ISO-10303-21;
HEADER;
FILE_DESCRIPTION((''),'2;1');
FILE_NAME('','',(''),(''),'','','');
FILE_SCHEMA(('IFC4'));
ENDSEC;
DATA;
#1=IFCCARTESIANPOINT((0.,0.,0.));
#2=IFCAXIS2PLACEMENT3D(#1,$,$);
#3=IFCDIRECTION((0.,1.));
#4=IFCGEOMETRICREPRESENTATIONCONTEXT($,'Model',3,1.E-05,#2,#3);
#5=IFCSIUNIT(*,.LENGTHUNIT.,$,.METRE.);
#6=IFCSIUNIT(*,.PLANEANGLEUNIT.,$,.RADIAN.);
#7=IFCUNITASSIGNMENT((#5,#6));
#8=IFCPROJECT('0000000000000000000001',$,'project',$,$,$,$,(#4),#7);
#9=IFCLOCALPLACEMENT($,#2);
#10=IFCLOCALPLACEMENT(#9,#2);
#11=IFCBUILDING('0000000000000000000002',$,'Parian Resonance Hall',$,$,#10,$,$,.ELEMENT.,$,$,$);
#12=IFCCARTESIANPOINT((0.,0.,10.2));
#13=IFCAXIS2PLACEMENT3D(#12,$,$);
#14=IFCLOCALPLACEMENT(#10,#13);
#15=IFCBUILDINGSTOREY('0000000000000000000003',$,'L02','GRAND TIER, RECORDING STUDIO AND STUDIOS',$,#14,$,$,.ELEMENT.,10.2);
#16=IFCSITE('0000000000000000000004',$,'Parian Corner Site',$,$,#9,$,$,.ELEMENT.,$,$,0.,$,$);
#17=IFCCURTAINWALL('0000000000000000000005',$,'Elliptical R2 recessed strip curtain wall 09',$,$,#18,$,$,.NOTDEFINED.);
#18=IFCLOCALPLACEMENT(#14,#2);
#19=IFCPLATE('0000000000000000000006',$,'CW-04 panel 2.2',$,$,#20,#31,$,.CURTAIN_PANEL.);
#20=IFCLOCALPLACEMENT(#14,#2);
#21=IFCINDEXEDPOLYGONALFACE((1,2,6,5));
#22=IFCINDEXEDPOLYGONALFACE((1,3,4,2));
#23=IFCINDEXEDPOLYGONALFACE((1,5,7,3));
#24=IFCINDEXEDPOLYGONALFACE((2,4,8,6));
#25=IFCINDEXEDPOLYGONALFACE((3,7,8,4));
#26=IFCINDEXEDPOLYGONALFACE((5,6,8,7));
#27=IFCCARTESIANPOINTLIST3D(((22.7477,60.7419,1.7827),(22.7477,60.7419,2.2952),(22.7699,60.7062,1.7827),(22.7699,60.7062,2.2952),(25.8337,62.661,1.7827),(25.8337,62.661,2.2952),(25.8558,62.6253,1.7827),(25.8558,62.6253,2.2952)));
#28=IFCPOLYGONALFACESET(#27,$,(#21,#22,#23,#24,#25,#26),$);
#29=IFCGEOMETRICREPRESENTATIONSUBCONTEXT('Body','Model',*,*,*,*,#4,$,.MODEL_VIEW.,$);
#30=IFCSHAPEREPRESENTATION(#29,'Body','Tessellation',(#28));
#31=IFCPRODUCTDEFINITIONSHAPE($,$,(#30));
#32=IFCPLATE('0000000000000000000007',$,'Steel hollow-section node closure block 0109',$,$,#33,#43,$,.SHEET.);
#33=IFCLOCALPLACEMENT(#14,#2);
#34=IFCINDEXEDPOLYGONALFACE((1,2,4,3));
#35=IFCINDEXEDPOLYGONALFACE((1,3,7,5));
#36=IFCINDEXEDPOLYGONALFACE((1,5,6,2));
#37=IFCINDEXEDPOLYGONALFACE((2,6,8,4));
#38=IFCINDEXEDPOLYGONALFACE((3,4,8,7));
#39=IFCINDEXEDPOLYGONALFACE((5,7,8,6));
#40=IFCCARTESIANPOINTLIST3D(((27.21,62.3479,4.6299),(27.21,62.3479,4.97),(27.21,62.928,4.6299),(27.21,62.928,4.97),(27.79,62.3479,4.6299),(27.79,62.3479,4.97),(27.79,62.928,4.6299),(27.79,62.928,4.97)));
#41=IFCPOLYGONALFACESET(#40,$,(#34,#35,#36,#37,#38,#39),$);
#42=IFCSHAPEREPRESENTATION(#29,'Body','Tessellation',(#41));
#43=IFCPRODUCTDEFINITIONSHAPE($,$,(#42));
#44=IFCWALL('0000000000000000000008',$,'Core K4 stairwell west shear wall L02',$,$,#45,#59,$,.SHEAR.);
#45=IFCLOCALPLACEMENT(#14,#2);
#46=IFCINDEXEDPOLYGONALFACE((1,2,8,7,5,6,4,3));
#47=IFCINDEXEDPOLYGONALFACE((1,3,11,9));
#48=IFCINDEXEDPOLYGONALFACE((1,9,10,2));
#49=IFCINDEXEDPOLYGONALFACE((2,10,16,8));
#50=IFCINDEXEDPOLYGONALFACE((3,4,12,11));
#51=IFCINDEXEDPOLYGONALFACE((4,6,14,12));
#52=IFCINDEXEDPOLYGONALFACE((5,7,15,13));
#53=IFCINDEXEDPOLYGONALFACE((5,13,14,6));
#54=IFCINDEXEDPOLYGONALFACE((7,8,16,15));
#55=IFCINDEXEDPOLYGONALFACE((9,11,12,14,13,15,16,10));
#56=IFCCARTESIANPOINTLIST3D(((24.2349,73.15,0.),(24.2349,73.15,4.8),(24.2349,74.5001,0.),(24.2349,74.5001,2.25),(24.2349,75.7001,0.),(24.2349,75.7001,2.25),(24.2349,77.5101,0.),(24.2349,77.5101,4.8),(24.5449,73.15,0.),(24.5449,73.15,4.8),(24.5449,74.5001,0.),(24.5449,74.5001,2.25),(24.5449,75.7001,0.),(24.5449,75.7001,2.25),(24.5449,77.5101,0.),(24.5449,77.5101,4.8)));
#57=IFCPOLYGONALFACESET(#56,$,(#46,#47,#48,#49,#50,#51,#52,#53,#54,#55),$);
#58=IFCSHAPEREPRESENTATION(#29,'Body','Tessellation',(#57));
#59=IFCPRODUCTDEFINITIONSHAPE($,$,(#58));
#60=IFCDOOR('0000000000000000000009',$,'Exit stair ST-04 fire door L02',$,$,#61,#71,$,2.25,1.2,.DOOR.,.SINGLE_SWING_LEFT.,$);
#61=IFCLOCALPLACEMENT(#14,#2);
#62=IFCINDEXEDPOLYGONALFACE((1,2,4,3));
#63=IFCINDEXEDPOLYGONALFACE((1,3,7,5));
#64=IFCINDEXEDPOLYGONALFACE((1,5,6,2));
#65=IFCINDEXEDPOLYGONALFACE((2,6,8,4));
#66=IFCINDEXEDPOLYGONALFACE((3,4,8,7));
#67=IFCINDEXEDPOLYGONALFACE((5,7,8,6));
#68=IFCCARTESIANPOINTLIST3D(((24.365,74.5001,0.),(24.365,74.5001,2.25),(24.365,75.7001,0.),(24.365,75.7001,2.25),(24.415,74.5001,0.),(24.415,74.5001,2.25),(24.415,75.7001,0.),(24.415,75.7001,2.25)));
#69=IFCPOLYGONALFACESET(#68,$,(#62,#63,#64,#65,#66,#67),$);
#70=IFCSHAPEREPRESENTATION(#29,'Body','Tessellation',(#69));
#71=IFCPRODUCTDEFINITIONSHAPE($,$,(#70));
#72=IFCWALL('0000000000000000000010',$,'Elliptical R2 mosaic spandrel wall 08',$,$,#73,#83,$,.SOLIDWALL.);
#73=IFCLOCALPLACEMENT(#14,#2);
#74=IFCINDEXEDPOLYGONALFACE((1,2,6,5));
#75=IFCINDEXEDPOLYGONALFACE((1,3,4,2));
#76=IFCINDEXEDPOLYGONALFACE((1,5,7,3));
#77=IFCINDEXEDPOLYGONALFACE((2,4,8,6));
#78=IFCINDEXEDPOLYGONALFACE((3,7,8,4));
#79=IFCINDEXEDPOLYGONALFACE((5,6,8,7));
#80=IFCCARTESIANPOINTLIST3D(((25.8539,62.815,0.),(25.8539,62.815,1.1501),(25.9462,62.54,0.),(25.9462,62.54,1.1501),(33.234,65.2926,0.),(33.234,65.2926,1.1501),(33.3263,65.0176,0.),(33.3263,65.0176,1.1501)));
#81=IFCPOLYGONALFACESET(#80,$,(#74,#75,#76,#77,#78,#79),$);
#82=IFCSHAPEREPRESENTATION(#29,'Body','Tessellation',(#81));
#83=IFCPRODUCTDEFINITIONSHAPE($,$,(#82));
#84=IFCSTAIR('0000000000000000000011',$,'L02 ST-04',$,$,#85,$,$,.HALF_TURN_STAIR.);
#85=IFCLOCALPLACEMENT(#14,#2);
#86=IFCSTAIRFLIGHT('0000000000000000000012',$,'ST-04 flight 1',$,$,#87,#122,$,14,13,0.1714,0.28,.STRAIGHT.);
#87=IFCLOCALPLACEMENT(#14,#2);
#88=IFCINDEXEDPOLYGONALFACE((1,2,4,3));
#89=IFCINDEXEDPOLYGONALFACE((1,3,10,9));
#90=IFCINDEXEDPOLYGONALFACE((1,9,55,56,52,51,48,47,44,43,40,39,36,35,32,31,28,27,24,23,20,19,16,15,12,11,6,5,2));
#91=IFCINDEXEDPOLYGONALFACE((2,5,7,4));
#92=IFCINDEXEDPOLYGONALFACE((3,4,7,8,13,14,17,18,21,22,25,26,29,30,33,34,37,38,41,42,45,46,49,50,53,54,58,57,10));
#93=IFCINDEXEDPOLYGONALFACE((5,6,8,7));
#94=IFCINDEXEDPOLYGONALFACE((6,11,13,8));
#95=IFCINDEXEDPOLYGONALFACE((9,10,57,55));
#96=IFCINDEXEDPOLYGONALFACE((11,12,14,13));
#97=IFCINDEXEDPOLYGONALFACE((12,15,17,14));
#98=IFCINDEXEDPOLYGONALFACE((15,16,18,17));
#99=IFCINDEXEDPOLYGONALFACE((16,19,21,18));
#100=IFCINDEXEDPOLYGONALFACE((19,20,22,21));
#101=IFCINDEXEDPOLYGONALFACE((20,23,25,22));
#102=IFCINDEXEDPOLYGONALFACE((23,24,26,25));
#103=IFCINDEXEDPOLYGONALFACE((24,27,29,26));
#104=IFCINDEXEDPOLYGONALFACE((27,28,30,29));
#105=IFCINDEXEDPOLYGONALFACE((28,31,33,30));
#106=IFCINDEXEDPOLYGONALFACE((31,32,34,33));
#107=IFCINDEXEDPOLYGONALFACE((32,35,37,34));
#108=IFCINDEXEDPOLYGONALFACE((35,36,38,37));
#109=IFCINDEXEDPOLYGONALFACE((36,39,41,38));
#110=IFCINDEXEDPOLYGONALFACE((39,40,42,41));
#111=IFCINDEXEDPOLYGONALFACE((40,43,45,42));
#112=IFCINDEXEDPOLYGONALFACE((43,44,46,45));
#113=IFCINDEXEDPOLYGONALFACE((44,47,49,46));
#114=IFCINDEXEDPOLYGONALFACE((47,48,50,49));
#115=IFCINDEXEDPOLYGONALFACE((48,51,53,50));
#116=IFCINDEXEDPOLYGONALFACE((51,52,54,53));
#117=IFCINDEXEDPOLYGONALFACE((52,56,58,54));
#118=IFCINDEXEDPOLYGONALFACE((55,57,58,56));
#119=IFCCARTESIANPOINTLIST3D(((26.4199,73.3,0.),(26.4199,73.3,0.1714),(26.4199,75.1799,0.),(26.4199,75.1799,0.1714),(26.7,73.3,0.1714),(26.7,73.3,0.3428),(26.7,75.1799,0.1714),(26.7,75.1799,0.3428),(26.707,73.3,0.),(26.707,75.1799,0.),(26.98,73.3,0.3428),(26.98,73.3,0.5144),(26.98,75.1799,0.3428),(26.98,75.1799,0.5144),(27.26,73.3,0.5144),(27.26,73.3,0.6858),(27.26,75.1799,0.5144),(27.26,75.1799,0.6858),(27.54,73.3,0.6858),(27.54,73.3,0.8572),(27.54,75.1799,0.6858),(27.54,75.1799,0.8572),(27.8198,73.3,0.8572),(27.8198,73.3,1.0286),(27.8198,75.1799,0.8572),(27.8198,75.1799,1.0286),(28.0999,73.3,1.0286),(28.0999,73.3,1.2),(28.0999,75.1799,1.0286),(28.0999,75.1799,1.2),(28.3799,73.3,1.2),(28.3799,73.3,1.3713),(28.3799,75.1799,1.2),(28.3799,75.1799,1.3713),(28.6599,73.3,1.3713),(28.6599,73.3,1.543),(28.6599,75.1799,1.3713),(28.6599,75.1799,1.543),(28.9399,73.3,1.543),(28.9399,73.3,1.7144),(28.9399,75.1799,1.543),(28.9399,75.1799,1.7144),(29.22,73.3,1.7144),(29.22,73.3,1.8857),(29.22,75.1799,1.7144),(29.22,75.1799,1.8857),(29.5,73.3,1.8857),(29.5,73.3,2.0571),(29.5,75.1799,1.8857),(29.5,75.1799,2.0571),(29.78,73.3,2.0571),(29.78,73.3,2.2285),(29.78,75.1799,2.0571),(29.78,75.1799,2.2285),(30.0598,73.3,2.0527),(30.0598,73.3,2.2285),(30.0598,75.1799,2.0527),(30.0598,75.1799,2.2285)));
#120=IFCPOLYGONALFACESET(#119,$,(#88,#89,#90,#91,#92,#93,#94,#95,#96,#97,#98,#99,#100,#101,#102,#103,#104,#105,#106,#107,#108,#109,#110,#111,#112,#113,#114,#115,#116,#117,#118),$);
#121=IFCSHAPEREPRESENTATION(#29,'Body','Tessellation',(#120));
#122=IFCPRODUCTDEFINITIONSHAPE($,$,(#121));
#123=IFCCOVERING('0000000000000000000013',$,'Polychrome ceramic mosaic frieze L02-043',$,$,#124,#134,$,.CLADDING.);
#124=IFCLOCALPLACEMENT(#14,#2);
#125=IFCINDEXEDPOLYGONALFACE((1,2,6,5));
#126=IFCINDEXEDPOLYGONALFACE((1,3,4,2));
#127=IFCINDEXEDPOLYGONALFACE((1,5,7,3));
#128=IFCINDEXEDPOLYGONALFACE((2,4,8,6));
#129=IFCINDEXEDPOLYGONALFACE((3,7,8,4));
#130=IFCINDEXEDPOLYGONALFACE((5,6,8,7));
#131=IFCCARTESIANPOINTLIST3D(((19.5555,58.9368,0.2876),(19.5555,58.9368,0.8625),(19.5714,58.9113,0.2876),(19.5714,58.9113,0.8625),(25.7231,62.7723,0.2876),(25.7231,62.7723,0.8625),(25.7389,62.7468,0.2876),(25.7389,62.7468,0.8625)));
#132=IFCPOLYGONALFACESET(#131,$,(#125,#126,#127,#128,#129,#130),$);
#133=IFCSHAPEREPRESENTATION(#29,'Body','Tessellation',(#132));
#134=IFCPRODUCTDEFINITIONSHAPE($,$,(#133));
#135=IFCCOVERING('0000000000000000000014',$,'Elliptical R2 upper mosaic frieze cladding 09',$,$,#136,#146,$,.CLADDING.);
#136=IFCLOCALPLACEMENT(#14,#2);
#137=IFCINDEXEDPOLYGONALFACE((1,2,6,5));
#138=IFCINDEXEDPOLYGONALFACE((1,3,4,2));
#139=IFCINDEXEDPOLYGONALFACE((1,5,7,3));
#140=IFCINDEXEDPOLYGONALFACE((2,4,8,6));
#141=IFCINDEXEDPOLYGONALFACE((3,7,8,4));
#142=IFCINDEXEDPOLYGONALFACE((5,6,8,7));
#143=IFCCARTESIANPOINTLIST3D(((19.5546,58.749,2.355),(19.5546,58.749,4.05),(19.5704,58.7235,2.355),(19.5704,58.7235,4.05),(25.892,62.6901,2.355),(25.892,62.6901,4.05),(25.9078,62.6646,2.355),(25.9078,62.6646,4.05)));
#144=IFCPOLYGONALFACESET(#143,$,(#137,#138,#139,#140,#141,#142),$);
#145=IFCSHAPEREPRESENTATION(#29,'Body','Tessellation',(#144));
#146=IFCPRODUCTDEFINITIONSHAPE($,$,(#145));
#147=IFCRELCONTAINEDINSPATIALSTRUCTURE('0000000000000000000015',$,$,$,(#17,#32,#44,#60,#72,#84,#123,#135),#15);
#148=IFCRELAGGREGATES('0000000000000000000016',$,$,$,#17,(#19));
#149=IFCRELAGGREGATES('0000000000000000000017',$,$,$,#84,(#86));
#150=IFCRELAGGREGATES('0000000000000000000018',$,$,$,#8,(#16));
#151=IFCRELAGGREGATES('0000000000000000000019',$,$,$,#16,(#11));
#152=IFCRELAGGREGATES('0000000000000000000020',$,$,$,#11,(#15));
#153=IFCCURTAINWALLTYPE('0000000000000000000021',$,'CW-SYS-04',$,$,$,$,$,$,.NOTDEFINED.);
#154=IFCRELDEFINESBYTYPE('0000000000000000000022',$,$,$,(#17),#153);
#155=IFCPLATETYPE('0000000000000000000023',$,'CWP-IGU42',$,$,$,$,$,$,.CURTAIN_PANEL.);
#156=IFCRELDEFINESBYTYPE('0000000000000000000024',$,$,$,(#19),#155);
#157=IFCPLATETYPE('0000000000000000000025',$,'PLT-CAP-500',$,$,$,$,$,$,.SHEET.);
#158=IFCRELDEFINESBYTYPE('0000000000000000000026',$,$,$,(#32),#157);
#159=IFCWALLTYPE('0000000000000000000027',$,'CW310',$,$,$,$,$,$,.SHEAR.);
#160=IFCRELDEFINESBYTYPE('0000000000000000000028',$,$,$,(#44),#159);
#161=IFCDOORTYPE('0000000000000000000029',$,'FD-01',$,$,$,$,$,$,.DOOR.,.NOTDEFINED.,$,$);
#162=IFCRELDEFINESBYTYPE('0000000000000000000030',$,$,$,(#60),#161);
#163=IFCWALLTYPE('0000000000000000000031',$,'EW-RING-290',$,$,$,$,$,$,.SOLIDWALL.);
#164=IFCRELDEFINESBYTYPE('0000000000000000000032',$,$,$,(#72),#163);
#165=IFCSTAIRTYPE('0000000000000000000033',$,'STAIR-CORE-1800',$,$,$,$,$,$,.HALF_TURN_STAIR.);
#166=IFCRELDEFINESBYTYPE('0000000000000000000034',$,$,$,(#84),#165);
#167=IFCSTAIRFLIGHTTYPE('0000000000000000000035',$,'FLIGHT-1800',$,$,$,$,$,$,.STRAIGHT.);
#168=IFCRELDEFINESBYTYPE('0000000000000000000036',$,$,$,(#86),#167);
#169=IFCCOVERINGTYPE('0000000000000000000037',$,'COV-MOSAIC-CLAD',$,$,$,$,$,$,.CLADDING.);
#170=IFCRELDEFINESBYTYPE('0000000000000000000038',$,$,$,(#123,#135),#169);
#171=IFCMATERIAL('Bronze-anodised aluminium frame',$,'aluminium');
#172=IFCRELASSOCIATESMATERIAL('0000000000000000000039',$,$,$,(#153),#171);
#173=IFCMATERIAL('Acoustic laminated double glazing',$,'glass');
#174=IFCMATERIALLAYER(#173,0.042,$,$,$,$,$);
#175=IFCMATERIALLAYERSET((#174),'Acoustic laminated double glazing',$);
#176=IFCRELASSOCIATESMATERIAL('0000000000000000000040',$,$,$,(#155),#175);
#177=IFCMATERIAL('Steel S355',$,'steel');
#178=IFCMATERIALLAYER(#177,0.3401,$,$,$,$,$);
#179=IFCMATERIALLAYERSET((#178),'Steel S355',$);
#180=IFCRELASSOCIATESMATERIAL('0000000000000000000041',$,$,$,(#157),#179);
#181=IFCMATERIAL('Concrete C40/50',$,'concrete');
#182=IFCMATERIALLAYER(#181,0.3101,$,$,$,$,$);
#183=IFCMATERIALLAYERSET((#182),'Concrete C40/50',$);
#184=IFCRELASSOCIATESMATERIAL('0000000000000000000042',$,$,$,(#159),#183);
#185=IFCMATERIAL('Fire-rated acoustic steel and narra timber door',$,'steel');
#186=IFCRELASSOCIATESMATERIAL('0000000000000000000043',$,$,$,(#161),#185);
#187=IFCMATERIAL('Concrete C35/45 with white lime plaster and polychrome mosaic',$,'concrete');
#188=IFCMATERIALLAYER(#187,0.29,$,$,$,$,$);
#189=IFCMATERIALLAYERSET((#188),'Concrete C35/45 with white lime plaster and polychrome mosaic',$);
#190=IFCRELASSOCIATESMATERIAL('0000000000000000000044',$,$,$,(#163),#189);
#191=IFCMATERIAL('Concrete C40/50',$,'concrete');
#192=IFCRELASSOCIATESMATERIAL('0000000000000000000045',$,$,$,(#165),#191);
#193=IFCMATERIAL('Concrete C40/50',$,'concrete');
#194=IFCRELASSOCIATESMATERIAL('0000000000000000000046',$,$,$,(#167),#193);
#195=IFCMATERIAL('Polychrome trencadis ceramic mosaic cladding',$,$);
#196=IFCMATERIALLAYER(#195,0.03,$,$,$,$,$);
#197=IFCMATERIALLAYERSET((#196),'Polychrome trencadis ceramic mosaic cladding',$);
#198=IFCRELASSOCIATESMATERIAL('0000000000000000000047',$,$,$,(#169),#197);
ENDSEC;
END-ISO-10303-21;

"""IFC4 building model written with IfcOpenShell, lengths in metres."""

from ifc_helpers import new_model, si_unit, direction, frame, frame_2d, origin, origin_2d, place, context, subcontext, project, spatial, polyline, rectangle, outline, extrude, material, layer, layer_set, type_object, element, fill, aggregate, save


model = new_model("IFC4")

# Units and contexts
model_context = context("Model", 3, precision=1e-05, world=origin(), true_north=direction((0.0, 1.0)))
body_context = subcontext(model_context, "Body", "Model", "MODEL_VIEW")
ifc_project = project(units=[si_unit("LENGTHUNIT", "METRE"), si_unit("PLANEANGLEUNIT", "RADIAN")], contexts=[model_context])

# Site, building, storey
site_placement = place(None, origin())
site = spatial("IfcSite", under=ifc_project, at=site_placement, Name="Parian Corner Site", CompositionType="ELEMENT", RefElevation=0.0)
building_placement = place(site_placement, origin())
building = spatial("IfcBuilding", under=site, at=building_placement, Name="Parian Resonance Hall", CompositionType="ELEMENT")
storey_placement = place(building_placement, frame((0.0, 0.0, 10.2)))
storey = spatial("IfcBuildingStorey", under=building, at=storey_placement, Name="L02", Description="GRAND TIER, RECORDING STUDIO AND STUDIOS", CompositionType="ELEMENT", Elevation=10.2)

# Curtain wall
ifc_material_1 = material(Name="Bronze-anodised aluminium frame", Category="aluminium")
curtain_wall_type_1 = type_object("IfcCurtainWallType", Name="CW-SYS-04", PredefinedType="NOTDEFINED", material=ifc_material_1)
curtain_wall_1_placement = place(storey_placement, origin())
curtain_wall_1 = element("IfcCurtainWall", 1, at=curtain_wall_1_placement, inside=storey, type_object=curtain_wall_type_1, Name="Elliptical R2 recessed strip curtain wall 09", PredefinedType="NOTDEFINED")

# Plates
ifc_material_2 = material(Name="Acoustic laminated double glazing", Category="glass")
ifc_layer_1 = layer(ifc_material_2, 0.042)
ifc_layer_set_1 = layer_set([ifc_layer_1], Name="Acoustic laminated double glazing")
plate_type_1 = type_object("IfcPlateType", Name="CWP-IGU42", PredefinedType="CURTAIN_PANEL", material=ifc_layer_set_1)
plate_1_placement = place(storey_placement, frame((24.3018, 61.6836, 1.7827), z_axis=(0.0, 0.0, 1.0), x_axis=(0.849185, 0.528096, 0.0)))
plate_1 = element("IfcPlate", 2, at=plate_1_placement, type_object=plate_type_1, Name="CW-04 panel 2.2", PredefinedType="CURTAIN_PANEL", context=body_context, shape_type="SweptSolid", body=[
    extrude(rectangle(XDim=3.634, YDim=0.042, at=origin_2d()), origin(), (0.0, 0.0, 1.0), 0.5125),
])
aggregate(curtain_wall_1, [plate_1])
ifc_material_3 = material(Name="Steel S355", Category="steel")
ifc_layer_2 = layer(ifc_material_3, 0.3401)
ifc_layer_set_2 = layer_set([ifc_layer_2], Name="Steel S355")
plate_type_2 = type_object("IfcPlateType", Name="PLT-CAP-500", PredefinedType="SHEET", material=ifc_layer_set_2)
plate_2_placement = place(storey_placement, frame((27.5, 62.6379, 4.6299), z_axis=(0.0, 0.0, 1.0), x_axis=(1.0, 0.0, 0.0)))
element("IfcPlate", 3, at=plate_2_placement, inside=storey, type_object=plate_type_2, Name="Steel hollow-section node closure block 0109", PredefinedType="SHEET", context=body_context, shape_type="SweptSolid", body=[
    extrude(rectangle(XDim=0.5801, YDim=0.5801, at=origin_2d()), origin(), (0.0, 0.0, 1.0), 0.3401),
])

# Wall, opening, door
ifc_material_4 = material(Name="Concrete C40/50", Category="concrete")
ifc_layer_3 = layer(ifc_material_4, 0.3101)
ifc_layer_set_3 = layer_set([ifc_layer_3], Name="Concrete C40/50")
wall_type_1 = type_object("IfcWallType", Name="CW310", PredefinedType="SHEAR", material=ifc_layer_set_3)
wall_1_placement = place(storey_placement, frame((24.3899, 73.1499, 0.0), z_axis=(0.0, 0.0, 1.0), x_axis=(0.0, 1.0, 0.0)))
wall_1 = element("IfcWall", 4, at=wall_1_placement, inside=storey, type_object=wall_type_1, Name="Core K4 stairwell west shear wall L02", PredefinedType="SHEAR", context=body_context, shape_type="SweptSolid", body=[
    extrude(rectangle(XDim=4.3601, YDim=0.3101, at=frame_2d((2.1802, 0.0))), origin(), (0.0, 0.0, 1.0), 4.8),
])
opening_placement = place(wall_1_placement, frame((1.3501, 0.0, 0.0)))
opening = element("IfcOpeningElement", 5, at=opening_placement, cuts=wall_1, PredefinedType="OPENING", context=body_context, shape_type="SweptSolid", body=[
    extrude(rectangle(XDim=1.2, YDim=2.25, at=frame_2d((0.6001, 1.125))), frame((0.0, 0.165, 0.0), z_axis=(0.0, -1.0, 0.0), x_axis=(1.0, 0.0, 0.0)), (0.0, 0.0, 1.0), 0.3301),
])
ifc_material_5 = material(Name="Fire-rated acoustic steel and narra timber door", Category="steel")
door_type = type_object("IfcDoorType", Name="FD-01", OperationType="NOTDEFINED", PredefinedType="DOOR", material=ifc_material_5)
door_placement = place(opening_placement, origin())
door = element("IfcDoor", 6, at=door_placement, inside=storey, type_object=door_type, Name="Exit stair ST-04 fire door L02", OperationType="SINGLE_SWING_LEFT", OverallHeight=2.25, OverallWidth=1.2, PredefinedType="DOOR", context=body_context, shape_type="SweptSolid", body=[
    extrude(rectangle(XDim=1.2, YDim=2.25, at=frame_2d((0.6001, 1.125))), frame((0.0, 0.0249, 0.0), z_axis=(0.0, -1.0, 0.0), x_axis=(1.0, 0.0, 0.0)), (0.0, 0.0, 1.0), 0.05),
])
fill(opening, door)

# Wall
ifc_material_6 = material(Name="Concrete C35/45 with white lime plaster and polychrome mosaic", Category="concrete")
ifc_layer_4 = layer(ifc_material_6, 0.29)
ifc_layer_set_4 = layer_set([ifc_layer_4], Name="Concrete C35/45 with white lime plaster and polychrome mosaic")
wall_type_2 = type_object("IfcWallType", Name="EW-RING-290", PredefinedType="SOLIDWALL", material=ifc_layer_set_4)
wall_2_placement = place(storey_placement, frame((25.8999, 62.6775, 0.0), z_axis=(0.0, 0.0, 1.0), x_axis=(0.948007, 0.31825, 0.0)))
element("IfcWall", 7, at=wall_2_placement, inside=storey, type_object=wall_type_2, Name="Elliptical R2 mosaic spandrel wall 08", PredefinedType="SOLIDWALL", context=body_context, shape_type="SweptSolid", body=[
    extrude(rectangle(XDim=7.7849, YDim=0.29, at=frame_2d((3.8926, 0.0))), origin(), (0.0, 0.0, 1.0), 1.1501),
])

# Stair, stair flight
ifc_material_7 = material(Name="Concrete C40/50", Category="concrete")
stair_type = type_object("IfcStairType", Name="STAIR-CORE-1800", PredefinedType="HALF_TURN_STAIR", material=ifc_material_7)
stair_placement = place(storey_placement, origin())
stair = element("IfcStair", 8, at=stair_placement, inside=storey, type_object=stair_type, Name="L02 ST-04", PredefinedType="HALF_TURN_STAIR")
ifc_material_8 = material(Name="Concrete C40/50", Category="concrete")
stair_flight_type = type_object("IfcStairFlightType", Name="FLIGHT-1800", PredefinedType="STRAIGHT", material=ifc_material_8)
stair_flight_placement = place(storey_placement, frame((26.4199, 74.24, 0.0), z_axis=(0.0, 0.0, 1.0), x_axis=(1.0, 0.0, 0.0)))
stair_flight = element("IfcStairFlight", 9, at=stair_flight_placement, type_object=stair_flight_type, Name="ST-04 flight 1", NumberOfRisers=14, NumberOfTreads=13, PredefinedType="STRAIGHT", RiserHeight=0.1714, TreadLength=0.28, context=body_context, shape_type="SweptSolid", body=[
    extrude(outline(polyline([(0.0, 0.0), (0.0, 0.1714), (0.28, 0.1714), (0.28, 0.3428), (0.5601, 0.3428), (0.5601, 0.5144), (0.8401, 0.5144), (0.8401, 0.6858), (1.1201, 0.6858), (1.1201, 0.8572), (1.3999, 0.8572), (1.3999, 1.0286), (1.6799, 1.0286), (1.6799, 1.2), (1.96, 1.2), (1.96, 1.3713), (2.24, 1.3713), (2.24, 1.543), (2.52, 1.543), (2.52, 1.7144), (2.8, 1.7144), (2.8, 1.8857), (3.0801, 1.8857), (3.0801, 2.0571), (3.3601, 2.0571), (3.3601, 2.2285), (3.6399, 2.2285), (3.6399, 2.3999), (3.6399, 2.0527), (0.2871, 0.0), (0.0, 0.0)])), frame((0.0, 0.9399, 0.0), z_axis=(0.0, -1.0, 0.0), x_axis=(1.0, 0.0, 0.0)), (0.0, 0.0, 1.0), 1.8799),
])
aggregate(stair, [stair_flight])

# Coverings
ifc_material_9 = material(Name="Polychrome trencadis ceramic mosaic cladding")
ifc_layer_5 = layer(ifc_material_9, 0.03)
ifc_layer_set_5 = layer_set([ifc_layer_5], Name="Polychrome trencadis ceramic mosaic cladding")
covering_type = type_object("IfcCoveringType", Name="COV-MOSAIC-CLAD", PredefinedType="CLADDING", material=ifc_layer_set_5)
covering_1_placement = place(storey_placement, frame((22.6472, 60.8418, 0.2876), z_axis=(0.0, 0.0, 1.0), x_axis=(0.849185, 0.528096, 0.0)))
element("IfcCovering", 10, at=covering_1_placement, inside=storey, type_object=covering_type, Name="Polychrome ceramic mosaic frieze L02-043", PredefinedType="CLADDING", context=body_context, shape_type="SweptSolid", body=[
    extrude(rectangle(XDim=7.2629, YDim=0.03, at=origin_2d()), origin(), (0.0, 0.0, 1.0), 0.575),
])
covering_2_placement = place(storey_placement, frame((22.7312, 60.7068, 2.355), z_axis=(0.0, 0.0, 1.0), x_axis=(0.849185, 0.528096, 0.0)))
element("IfcCovering", 11, at=covering_2_placement, inside=storey, type_object=covering_type, Name="Elliptical R2 upper mosaic frieze cladding 09", PredefinedType="CLADDING", context=body_context, shape_type="SweptSolid", body=[
    extrude(rectangle(XDim=7.4629, YDim=0.03, at=origin_2d()), origin(), (0.0, 0.0, 1.0), 1.6951),
])

save(model, "model.ifc")
